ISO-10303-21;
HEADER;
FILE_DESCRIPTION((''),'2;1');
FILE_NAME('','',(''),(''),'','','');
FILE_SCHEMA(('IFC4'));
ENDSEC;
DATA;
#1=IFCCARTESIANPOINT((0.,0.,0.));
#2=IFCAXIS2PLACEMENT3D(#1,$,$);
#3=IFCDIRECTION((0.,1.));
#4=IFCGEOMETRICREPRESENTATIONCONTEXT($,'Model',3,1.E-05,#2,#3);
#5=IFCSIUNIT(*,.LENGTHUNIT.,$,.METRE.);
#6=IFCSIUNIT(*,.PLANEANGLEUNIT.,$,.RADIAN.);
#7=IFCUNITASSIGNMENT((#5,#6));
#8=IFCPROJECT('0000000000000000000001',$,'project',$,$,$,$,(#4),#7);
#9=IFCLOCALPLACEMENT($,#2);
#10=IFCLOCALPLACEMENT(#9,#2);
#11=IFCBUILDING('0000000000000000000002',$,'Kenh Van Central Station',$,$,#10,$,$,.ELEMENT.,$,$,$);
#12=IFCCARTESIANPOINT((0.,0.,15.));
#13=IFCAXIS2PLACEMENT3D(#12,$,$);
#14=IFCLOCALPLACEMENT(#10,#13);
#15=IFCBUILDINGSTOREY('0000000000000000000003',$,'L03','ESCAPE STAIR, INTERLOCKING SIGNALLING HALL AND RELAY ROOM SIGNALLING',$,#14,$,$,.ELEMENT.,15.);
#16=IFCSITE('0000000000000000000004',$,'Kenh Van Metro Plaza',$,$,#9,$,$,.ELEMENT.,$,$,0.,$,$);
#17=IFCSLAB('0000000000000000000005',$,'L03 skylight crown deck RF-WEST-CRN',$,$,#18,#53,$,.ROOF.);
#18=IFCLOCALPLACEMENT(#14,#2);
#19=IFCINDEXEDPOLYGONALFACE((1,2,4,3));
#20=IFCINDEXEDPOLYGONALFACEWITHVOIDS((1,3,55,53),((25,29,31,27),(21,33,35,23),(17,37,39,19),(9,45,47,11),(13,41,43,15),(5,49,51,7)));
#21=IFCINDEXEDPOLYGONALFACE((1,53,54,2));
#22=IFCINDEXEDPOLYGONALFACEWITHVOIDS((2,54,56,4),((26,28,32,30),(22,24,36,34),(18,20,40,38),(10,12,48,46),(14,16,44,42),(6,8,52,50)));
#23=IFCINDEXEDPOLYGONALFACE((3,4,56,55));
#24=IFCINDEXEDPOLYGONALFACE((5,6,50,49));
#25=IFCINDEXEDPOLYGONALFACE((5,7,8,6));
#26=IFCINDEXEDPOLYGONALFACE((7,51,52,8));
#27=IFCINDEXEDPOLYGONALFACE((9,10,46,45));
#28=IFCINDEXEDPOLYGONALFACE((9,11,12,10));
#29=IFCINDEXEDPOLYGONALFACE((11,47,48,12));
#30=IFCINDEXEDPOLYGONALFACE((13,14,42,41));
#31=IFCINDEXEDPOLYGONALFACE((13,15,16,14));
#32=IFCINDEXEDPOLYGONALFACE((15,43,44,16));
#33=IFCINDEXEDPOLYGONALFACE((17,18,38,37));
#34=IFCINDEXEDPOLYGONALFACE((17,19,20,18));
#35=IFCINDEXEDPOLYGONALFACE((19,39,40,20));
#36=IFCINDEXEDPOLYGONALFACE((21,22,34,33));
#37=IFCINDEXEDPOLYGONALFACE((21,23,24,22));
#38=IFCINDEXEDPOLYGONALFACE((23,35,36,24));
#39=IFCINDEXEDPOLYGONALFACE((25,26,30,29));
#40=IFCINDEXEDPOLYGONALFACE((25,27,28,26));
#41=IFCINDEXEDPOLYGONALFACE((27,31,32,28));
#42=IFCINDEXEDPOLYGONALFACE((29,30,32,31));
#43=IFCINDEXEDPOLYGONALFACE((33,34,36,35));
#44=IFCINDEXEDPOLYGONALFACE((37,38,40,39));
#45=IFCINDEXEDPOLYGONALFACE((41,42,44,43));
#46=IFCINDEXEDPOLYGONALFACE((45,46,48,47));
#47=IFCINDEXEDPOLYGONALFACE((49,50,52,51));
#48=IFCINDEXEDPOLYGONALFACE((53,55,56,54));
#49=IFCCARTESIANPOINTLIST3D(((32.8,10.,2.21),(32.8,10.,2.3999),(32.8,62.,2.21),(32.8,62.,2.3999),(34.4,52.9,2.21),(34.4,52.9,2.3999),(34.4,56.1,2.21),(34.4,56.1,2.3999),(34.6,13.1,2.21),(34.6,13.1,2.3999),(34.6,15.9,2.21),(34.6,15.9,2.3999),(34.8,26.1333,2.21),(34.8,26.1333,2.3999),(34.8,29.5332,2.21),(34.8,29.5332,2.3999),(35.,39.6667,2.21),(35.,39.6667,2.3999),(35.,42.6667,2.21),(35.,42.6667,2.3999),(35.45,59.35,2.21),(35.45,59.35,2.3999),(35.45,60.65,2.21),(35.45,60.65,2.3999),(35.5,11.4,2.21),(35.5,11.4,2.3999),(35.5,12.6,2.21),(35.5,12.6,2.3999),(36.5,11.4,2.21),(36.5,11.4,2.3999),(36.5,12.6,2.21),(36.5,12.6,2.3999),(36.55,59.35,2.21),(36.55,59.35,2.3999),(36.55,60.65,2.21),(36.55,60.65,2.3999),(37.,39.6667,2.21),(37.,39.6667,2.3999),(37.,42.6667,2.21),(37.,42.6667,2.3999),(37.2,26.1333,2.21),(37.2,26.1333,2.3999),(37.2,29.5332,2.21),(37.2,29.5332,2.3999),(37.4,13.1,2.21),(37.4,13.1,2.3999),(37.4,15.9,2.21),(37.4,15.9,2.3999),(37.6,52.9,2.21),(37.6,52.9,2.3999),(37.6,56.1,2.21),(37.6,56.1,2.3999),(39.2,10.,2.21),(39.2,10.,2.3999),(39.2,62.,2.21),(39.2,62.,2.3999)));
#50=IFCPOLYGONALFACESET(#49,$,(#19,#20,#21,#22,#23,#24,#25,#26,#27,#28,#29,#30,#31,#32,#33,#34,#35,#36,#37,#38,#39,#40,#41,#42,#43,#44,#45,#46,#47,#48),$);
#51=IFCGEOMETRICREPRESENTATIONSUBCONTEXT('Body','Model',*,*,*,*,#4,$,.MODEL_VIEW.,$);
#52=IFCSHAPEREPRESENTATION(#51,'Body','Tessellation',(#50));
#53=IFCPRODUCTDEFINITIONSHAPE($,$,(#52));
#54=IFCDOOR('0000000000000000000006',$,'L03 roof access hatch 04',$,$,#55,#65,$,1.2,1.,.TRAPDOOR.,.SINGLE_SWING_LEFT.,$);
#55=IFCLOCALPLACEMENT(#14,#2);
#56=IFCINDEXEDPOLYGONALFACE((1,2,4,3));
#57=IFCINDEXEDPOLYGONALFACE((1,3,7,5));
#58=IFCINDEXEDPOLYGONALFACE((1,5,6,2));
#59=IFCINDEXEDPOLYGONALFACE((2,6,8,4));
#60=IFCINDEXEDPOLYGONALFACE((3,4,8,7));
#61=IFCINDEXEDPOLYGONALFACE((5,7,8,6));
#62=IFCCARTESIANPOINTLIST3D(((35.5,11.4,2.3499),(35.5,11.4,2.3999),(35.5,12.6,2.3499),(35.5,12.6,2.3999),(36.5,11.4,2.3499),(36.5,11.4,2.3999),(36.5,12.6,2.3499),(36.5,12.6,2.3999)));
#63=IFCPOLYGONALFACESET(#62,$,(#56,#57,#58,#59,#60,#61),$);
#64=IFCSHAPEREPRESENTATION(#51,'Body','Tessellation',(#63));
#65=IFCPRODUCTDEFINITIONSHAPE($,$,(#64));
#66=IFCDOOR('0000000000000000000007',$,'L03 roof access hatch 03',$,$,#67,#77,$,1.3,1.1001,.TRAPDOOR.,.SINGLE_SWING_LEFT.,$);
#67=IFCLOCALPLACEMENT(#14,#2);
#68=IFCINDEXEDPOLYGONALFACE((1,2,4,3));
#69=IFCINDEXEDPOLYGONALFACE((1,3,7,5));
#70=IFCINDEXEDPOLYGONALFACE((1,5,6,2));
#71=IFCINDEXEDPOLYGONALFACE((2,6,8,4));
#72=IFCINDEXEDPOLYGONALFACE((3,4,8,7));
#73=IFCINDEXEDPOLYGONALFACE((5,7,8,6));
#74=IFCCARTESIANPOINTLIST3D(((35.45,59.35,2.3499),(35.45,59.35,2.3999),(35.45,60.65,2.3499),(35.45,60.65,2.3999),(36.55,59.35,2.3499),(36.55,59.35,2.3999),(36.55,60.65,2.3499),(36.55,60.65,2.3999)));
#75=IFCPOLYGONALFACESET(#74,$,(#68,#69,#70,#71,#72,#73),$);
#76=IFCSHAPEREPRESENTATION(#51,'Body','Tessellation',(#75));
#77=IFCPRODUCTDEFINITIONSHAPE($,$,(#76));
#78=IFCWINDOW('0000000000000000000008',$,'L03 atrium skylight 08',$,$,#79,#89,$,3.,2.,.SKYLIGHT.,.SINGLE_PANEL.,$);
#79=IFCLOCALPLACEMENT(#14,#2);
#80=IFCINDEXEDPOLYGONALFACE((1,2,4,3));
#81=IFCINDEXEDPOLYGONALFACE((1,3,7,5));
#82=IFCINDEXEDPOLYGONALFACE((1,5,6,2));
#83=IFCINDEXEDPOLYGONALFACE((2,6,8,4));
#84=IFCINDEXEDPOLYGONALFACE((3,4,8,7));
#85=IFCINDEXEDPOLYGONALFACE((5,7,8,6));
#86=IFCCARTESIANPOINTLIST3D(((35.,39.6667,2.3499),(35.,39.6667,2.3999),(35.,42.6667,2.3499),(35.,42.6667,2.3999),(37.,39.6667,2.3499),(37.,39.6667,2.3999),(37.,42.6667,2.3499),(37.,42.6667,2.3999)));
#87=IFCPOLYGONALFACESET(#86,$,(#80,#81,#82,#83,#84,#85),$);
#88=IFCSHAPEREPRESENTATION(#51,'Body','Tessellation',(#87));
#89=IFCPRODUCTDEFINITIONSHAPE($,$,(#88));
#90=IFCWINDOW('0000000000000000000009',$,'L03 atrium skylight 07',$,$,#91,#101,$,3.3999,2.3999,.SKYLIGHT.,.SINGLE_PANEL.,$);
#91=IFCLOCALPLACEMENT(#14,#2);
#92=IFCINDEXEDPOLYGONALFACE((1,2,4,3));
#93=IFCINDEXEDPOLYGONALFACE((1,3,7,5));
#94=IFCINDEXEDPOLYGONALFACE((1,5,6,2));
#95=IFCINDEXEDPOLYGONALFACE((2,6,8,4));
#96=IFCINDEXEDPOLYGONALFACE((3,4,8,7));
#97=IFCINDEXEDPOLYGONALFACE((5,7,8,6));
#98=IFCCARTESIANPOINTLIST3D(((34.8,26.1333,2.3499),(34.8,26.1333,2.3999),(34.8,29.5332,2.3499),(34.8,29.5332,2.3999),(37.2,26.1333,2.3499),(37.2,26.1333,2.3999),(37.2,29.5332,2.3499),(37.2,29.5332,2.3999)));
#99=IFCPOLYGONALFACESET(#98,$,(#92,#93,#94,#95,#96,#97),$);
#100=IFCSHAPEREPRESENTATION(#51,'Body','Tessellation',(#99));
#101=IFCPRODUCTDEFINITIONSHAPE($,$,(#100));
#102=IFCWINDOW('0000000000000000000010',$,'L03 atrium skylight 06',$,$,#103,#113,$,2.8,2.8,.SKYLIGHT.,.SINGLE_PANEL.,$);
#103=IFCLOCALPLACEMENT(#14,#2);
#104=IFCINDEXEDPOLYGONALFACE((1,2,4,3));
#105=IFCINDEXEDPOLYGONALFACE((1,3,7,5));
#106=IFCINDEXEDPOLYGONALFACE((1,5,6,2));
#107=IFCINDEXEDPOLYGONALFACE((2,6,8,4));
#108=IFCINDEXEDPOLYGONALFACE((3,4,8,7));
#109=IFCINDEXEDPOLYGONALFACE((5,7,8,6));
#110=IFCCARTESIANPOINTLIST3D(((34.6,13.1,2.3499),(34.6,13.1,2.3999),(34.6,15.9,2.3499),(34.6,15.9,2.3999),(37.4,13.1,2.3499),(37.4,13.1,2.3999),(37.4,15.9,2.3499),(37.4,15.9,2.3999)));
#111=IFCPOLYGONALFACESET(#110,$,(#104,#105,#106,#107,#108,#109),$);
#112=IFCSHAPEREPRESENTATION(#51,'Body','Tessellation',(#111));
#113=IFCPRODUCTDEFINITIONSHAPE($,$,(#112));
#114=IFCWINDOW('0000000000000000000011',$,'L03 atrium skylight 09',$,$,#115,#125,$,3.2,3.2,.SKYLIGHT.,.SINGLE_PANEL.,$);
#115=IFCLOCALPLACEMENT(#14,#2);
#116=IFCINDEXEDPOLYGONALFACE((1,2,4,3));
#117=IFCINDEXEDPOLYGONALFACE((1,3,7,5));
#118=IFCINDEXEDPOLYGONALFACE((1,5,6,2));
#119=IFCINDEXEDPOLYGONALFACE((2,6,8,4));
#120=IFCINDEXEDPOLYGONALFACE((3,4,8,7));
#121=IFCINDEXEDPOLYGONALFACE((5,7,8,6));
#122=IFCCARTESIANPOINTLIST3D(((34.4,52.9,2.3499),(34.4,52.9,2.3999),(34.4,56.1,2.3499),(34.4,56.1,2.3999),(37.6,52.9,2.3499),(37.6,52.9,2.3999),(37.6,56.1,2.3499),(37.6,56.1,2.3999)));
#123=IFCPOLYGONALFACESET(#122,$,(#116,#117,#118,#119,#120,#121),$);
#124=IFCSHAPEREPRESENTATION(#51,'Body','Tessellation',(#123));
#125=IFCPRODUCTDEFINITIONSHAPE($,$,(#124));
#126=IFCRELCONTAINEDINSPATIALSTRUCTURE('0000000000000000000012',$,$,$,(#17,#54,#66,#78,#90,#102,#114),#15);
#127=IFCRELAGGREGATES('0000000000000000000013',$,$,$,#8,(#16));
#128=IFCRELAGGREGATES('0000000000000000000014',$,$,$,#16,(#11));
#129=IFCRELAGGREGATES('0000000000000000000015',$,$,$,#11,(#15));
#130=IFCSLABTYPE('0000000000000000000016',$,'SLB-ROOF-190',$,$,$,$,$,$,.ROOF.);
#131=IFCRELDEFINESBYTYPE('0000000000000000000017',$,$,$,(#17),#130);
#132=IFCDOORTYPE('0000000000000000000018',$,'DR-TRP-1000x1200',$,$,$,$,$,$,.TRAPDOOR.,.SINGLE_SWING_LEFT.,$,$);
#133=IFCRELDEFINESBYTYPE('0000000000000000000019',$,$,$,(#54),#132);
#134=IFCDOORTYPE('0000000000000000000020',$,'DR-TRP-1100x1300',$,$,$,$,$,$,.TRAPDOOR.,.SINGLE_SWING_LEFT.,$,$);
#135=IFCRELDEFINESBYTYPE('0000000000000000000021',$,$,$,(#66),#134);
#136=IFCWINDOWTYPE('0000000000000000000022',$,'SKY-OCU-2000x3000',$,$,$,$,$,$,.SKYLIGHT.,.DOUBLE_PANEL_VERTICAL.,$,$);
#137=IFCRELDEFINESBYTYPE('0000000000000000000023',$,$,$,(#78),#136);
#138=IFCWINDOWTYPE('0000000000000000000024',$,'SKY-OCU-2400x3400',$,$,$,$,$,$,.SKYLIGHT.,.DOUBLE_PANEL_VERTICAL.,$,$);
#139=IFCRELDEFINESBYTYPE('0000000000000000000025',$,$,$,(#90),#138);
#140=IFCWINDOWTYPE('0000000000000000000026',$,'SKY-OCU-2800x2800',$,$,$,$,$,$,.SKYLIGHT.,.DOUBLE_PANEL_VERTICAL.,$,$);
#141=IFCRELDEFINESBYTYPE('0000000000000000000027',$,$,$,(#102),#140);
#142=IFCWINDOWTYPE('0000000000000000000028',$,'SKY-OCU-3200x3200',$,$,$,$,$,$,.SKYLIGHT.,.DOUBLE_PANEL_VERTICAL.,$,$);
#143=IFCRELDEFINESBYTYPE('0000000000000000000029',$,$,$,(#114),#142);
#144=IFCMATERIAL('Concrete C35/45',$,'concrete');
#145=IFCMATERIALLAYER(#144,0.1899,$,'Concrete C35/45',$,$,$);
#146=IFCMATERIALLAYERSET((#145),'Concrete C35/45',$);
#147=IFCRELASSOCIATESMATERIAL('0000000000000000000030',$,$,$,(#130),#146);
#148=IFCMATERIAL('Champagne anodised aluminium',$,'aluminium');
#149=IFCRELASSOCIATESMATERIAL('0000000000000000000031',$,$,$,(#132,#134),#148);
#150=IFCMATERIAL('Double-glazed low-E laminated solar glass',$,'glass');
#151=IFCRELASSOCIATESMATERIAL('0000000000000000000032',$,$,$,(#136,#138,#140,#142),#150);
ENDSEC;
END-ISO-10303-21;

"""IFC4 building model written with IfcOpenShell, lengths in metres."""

from ifc_helpers import new_model, si_unit, direction, frame, origin, origin_2d, place, context, subcontext, project, spatial, polyline, rectangle, outline, extrude, material, layer, layer_set, type_object, element, fill, save


model = new_model("IFC4")

# Units and contexts
model_context = context("Model", 3, precision=1e-05, world=origin(), true_north=direction((0.0, 1.0)))
body_context = subcontext(model_context, "Body", "Model", "MODEL_VIEW")
ifc_project = project(units=[si_unit("LENGTHUNIT", "METRE"), si_unit("PLANEANGLEUNIT", "RADIAN")], contexts=[model_context])

# Site, building, storey
site_placement = place(None, origin())
site = spatial("IfcSite", under=ifc_project, at=site_placement, Name="Kenh Van Metro Plaza", CompositionType="ELEMENT", RefElevation=0.0)
building_placement = place(site_placement, origin())
building = spatial("IfcBuilding", under=site, at=building_placement, Name="Kenh Van Central Station", CompositionType="ELEMENT")
storey_placement = place(building_placement, frame((0.0, 0.0, 15.0)))
storey = spatial("IfcBuildingStorey", under=building, at=storey_placement, Name="L03", Description="ESCAPE STAIR, INTERLOCKING SIGNALLING HALL AND RELAY ROOM SIGNALLING", CompositionType="ELEMENT", Elevation=15.0)

# Shared definitions
ifc_material_1 = material(Name="Concrete C35/45", Category="concrete")

# Shared definitions
ifc_layer_1 = layer(ifc_material_1, 0.1899, Name="Concrete C35/45")
ifc_layer_set_1 = layer_set([ifc_layer_1], Name="Concrete C35/45")
slab_type_1 = type_object("IfcSlabType", Name="SLB-ROOF-190", PredefinedType="ROOF", material=ifc_layer_set_1)

# Slab, openings, doors, windows
slab_1_placement = place(storey_placement, frame((0.0, 0.0, 2.21)))
slab_1 = element("IfcSlab", 1, at=slab_1_placement, inside=storey, type_object=slab_type_1, Name="L03 skylight crown deck RF-WEST-CRN", PredefinedType="ROOF", context=body_context, shape_type="SweptSolid", body=[
    extrude(outline(polyline([(32.8, 10.0), (39.2, 10.0), (39.2, 62.0), (32.8, 62.0), (32.8, 10.0)])), origin(), (0.0, 0.0, 1.0), 0.1899),
])
opening_1_placement = place(slab_1_placement, frame((36.0, 14.5, 0.0)))
opening_1 = element("IfcOpeningElement", 2, at=opening_1_placement, cuts=slab_1, PredefinedType="OPENING", context=body_context, shape_type="SweptSolid", body=[
    extrude(rectangle(XDim=2.8, YDim=2.8, at=origin_2d()), origin(), (0.0, 0.0, 1.0), 0.1899),
])
opening_2_placement = place(slab_1_placement, frame((36.0, 27.8333, 0.0)))
opening_2 = element("IfcOpeningElement", 3, at=opening_2_placement, cuts=slab_1, PredefinedType="OPENING", context=body_context, shape_type="SweptSolid", body=[
    extrude(rectangle(XDim=2.3999, YDim=3.3999, at=origin_2d()), origin(), (0.0, 0.0, 1.0), 0.1899),
])
opening_3_placement = place(slab_1_placement, frame((36.0, 41.1667, 0.0)))
opening_3 = element("IfcOpeningElement", 4, at=opening_3_placement, cuts=slab_1, PredefinedType="OPENING", context=body_context, shape_type="SweptSolid", body=[
    extrude(rectangle(XDim=2.0, YDim=3.0, at=origin_2d()), origin(), (0.0, 0.0, 1.0), 0.1899),
])
opening_4_placement = place(slab_1_placement, frame((36.0, 54.5, 0.0)))
opening_4 = element("IfcOpeningElement", 5, at=opening_4_placement, cuts=slab_1, PredefinedType="OPENING", context=body_context, shape_type="SweptSolid", body=[
    extrude(rectangle(XDim=3.2, YDim=3.2, at=origin_2d()), origin(), (0.0, 0.0, 1.0), 0.1899),
])
opening_5_placement = place(slab_1_placement, frame((36.0, 60.0, 0.0)))
opening_5 = element("IfcOpeningElement", 6, at=opening_5_placement, cuts=slab_1, PredefinedType="OPENING", context=body_context, shape_type="SweptSolid", body=[
    extrude(rectangle(XDim=1.1001, YDim=1.3, at=origin_2d()), origin(), (0.0, 0.0, 1.0), 0.1899),
])
opening_6_placement = place(slab_1_placement, frame((36.0, 12.0, 0.0)))
opening_6 = element("IfcOpeningElement", 7, at=opening_6_placement, cuts=slab_1, PredefinedType="OPENING", context=body_context, shape_type="SweptSolid", body=[
    extrude(rectangle(XDim=1.0, YDim=1.2, at=origin_2d()), origin(), (0.0, 0.0, 1.0), 0.1899),
])
ifc_material_2 = material(Name="Champagne anodised aluminium", Category="aluminium")
door_type_1 = type_object("IfcDoorType", Name="DR-TRP-1000x1200", OperationType="SINGLE_SWING_LEFT", PredefinedType="TRAPDOOR", material=ifc_material_2)
door_1_placement = place(opening_6_placement, frame((0.0, 0.0, 0.1399)))
door_1 = element("IfcDoor", 8, at=door_1_placement, inside=storey, type_object=door_type_1, Name="L03 roof access hatch 04", OperationType="SINGLE_SWING_LEFT", OverallHeight=1.2, OverallWidth=1.0, PredefinedType="TRAPDOOR", context=body_context, shape_type="SweptSolid", body=[
    extrude(rectangle(XDim=1.0, YDim=1.2, at=origin_2d()), origin(), (0.0, 0.0, 1.0), 0.05),
])
fill(opening_6, door_1)
door_type_2 = type_object("IfcDoorType", Name="DR-TRP-1100x1300", OperationType="SINGLE_SWING_LEFT", PredefinedType="TRAPDOOR", material=ifc_material_2)
door_2_placement = place(opening_5_placement, frame((0.0, 0.0, 0.1399)))
door_2 = element("IfcDoor", 9, at=door_2_placement, inside=storey, type_object=door_type_2, Name="L03 roof access hatch 03", OperationType="SINGLE_SWING_LEFT", OverallHeight=1.3, OverallWidth=1.1001, PredefinedType="TRAPDOOR", context=body_context, shape_type="SweptSolid", body=[
    extrude(rectangle(XDim=1.1001, YDim=1.3, at=origin_2d()), origin(), (0.0, 0.0, 1.0), 0.05),
])
fill(opening_5, door_2)
ifc_material_3 = material(Name="Double-glazed low-E laminated solar glass", Category="glass")
window_type_1 = type_object("IfcWindowType", Name="SKY-OCU-2000x3000", PartitioningType="DOUBLE_PANEL_VERTICAL", PredefinedType="SKYLIGHT", material=ifc_material_3)
window_1_placement = place(opening_3_placement, frame((0.0, 0.0, 0.1399)))
window_1 = element("IfcWindow", 10, at=window_1_placement, inside=storey, type_object=window_type_1, Name="L03 atrium skylight 08", OverallHeight=3.0, OverallWidth=2.0, PartitioningType="SINGLE_PANEL", PredefinedType="SKYLIGHT", context=body_context, shape_type="SweptSolid", body=[
    extrude(rectangle(XDim=2.0, YDim=3.0, at=origin_2d()), origin(), (0.0, 0.0, 1.0), 0.05),
])
fill(opening_3, window_1)
window_type_2 = type_object("IfcWindowType", Name="SKY-OCU-2400x3400", PartitioningType="DOUBLE_PANEL_VERTICAL", PredefinedType="SKYLIGHT", material=ifc_material_3)
window_2_placement = place(opening_2_placement, frame((0.0, 0.0, 0.1399)))
window_2 = element("IfcWindow", 11, at=window_2_placement, inside=storey, type_object=window_type_2, Name="L03 atrium skylight 07", OverallHeight=3.3999, OverallWidth=2.3999, PartitioningType="SINGLE_PANEL", PredefinedType="SKYLIGHT", context=body_context, shape_type="SweptSolid", body=[
    extrude(rectangle(XDim=2.3999, YDim=3.3999, at=origin_2d()), origin(), (0.0, 0.0, 1.0), 0.05),
])
fill(opening_2, window_2)
window_type_3 = type_object("IfcWindowType", Name="SKY-OCU-2800x2800", PartitioningType="DOUBLE_PANEL_VERTICAL", PredefinedType="SKYLIGHT", material=ifc_material_3)
window_3_placement = place(opening_1_placement, frame((0.0, 0.0, 0.1399)))
window_3 = element("IfcWindow", 12, at=window_3_placement, inside=storey, type_object=window_type_3, Name="L03 atrium skylight 06", OverallHeight=2.8, OverallWidth=2.8, PartitioningType="SINGLE_PANEL", PredefinedType="SKYLIGHT", context=body_context, shape_type="SweptSolid", body=[
    extrude(rectangle(XDim=2.8, YDim=2.8, at=origin_2d()), origin(), (0.0, 0.0, 1.0), 0.05),
])
fill(opening_1, window_3)
window_type_4 = type_object("IfcWindowType", Name="SKY-OCU-3200x3200", PartitioningType="DOUBLE_PANEL_VERTICAL", PredefinedType="SKYLIGHT", material=ifc_material_3)
window_4_placement = place(opening_4_placement, frame((0.0, 0.0, 0.1399)))
window_4 = element("IfcWindow", 13, at=window_4_placement, inside=storey, type_object=window_type_4, Name="L03 atrium skylight 09", OverallHeight=3.2, OverallWidth=3.2, PartitioningType="SINGLE_PANEL", PredefinedType="SKYLIGHT", context=body_context, shape_type="SweptSolid", body=[
    extrude(rectangle(XDim=3.2, YDim=3.2, at=origin_2d()), origin(), (0.0, 0.0, 1.0), 0.05),
])
fill(opening_4, window_4)

save(model, "model.ifc")
